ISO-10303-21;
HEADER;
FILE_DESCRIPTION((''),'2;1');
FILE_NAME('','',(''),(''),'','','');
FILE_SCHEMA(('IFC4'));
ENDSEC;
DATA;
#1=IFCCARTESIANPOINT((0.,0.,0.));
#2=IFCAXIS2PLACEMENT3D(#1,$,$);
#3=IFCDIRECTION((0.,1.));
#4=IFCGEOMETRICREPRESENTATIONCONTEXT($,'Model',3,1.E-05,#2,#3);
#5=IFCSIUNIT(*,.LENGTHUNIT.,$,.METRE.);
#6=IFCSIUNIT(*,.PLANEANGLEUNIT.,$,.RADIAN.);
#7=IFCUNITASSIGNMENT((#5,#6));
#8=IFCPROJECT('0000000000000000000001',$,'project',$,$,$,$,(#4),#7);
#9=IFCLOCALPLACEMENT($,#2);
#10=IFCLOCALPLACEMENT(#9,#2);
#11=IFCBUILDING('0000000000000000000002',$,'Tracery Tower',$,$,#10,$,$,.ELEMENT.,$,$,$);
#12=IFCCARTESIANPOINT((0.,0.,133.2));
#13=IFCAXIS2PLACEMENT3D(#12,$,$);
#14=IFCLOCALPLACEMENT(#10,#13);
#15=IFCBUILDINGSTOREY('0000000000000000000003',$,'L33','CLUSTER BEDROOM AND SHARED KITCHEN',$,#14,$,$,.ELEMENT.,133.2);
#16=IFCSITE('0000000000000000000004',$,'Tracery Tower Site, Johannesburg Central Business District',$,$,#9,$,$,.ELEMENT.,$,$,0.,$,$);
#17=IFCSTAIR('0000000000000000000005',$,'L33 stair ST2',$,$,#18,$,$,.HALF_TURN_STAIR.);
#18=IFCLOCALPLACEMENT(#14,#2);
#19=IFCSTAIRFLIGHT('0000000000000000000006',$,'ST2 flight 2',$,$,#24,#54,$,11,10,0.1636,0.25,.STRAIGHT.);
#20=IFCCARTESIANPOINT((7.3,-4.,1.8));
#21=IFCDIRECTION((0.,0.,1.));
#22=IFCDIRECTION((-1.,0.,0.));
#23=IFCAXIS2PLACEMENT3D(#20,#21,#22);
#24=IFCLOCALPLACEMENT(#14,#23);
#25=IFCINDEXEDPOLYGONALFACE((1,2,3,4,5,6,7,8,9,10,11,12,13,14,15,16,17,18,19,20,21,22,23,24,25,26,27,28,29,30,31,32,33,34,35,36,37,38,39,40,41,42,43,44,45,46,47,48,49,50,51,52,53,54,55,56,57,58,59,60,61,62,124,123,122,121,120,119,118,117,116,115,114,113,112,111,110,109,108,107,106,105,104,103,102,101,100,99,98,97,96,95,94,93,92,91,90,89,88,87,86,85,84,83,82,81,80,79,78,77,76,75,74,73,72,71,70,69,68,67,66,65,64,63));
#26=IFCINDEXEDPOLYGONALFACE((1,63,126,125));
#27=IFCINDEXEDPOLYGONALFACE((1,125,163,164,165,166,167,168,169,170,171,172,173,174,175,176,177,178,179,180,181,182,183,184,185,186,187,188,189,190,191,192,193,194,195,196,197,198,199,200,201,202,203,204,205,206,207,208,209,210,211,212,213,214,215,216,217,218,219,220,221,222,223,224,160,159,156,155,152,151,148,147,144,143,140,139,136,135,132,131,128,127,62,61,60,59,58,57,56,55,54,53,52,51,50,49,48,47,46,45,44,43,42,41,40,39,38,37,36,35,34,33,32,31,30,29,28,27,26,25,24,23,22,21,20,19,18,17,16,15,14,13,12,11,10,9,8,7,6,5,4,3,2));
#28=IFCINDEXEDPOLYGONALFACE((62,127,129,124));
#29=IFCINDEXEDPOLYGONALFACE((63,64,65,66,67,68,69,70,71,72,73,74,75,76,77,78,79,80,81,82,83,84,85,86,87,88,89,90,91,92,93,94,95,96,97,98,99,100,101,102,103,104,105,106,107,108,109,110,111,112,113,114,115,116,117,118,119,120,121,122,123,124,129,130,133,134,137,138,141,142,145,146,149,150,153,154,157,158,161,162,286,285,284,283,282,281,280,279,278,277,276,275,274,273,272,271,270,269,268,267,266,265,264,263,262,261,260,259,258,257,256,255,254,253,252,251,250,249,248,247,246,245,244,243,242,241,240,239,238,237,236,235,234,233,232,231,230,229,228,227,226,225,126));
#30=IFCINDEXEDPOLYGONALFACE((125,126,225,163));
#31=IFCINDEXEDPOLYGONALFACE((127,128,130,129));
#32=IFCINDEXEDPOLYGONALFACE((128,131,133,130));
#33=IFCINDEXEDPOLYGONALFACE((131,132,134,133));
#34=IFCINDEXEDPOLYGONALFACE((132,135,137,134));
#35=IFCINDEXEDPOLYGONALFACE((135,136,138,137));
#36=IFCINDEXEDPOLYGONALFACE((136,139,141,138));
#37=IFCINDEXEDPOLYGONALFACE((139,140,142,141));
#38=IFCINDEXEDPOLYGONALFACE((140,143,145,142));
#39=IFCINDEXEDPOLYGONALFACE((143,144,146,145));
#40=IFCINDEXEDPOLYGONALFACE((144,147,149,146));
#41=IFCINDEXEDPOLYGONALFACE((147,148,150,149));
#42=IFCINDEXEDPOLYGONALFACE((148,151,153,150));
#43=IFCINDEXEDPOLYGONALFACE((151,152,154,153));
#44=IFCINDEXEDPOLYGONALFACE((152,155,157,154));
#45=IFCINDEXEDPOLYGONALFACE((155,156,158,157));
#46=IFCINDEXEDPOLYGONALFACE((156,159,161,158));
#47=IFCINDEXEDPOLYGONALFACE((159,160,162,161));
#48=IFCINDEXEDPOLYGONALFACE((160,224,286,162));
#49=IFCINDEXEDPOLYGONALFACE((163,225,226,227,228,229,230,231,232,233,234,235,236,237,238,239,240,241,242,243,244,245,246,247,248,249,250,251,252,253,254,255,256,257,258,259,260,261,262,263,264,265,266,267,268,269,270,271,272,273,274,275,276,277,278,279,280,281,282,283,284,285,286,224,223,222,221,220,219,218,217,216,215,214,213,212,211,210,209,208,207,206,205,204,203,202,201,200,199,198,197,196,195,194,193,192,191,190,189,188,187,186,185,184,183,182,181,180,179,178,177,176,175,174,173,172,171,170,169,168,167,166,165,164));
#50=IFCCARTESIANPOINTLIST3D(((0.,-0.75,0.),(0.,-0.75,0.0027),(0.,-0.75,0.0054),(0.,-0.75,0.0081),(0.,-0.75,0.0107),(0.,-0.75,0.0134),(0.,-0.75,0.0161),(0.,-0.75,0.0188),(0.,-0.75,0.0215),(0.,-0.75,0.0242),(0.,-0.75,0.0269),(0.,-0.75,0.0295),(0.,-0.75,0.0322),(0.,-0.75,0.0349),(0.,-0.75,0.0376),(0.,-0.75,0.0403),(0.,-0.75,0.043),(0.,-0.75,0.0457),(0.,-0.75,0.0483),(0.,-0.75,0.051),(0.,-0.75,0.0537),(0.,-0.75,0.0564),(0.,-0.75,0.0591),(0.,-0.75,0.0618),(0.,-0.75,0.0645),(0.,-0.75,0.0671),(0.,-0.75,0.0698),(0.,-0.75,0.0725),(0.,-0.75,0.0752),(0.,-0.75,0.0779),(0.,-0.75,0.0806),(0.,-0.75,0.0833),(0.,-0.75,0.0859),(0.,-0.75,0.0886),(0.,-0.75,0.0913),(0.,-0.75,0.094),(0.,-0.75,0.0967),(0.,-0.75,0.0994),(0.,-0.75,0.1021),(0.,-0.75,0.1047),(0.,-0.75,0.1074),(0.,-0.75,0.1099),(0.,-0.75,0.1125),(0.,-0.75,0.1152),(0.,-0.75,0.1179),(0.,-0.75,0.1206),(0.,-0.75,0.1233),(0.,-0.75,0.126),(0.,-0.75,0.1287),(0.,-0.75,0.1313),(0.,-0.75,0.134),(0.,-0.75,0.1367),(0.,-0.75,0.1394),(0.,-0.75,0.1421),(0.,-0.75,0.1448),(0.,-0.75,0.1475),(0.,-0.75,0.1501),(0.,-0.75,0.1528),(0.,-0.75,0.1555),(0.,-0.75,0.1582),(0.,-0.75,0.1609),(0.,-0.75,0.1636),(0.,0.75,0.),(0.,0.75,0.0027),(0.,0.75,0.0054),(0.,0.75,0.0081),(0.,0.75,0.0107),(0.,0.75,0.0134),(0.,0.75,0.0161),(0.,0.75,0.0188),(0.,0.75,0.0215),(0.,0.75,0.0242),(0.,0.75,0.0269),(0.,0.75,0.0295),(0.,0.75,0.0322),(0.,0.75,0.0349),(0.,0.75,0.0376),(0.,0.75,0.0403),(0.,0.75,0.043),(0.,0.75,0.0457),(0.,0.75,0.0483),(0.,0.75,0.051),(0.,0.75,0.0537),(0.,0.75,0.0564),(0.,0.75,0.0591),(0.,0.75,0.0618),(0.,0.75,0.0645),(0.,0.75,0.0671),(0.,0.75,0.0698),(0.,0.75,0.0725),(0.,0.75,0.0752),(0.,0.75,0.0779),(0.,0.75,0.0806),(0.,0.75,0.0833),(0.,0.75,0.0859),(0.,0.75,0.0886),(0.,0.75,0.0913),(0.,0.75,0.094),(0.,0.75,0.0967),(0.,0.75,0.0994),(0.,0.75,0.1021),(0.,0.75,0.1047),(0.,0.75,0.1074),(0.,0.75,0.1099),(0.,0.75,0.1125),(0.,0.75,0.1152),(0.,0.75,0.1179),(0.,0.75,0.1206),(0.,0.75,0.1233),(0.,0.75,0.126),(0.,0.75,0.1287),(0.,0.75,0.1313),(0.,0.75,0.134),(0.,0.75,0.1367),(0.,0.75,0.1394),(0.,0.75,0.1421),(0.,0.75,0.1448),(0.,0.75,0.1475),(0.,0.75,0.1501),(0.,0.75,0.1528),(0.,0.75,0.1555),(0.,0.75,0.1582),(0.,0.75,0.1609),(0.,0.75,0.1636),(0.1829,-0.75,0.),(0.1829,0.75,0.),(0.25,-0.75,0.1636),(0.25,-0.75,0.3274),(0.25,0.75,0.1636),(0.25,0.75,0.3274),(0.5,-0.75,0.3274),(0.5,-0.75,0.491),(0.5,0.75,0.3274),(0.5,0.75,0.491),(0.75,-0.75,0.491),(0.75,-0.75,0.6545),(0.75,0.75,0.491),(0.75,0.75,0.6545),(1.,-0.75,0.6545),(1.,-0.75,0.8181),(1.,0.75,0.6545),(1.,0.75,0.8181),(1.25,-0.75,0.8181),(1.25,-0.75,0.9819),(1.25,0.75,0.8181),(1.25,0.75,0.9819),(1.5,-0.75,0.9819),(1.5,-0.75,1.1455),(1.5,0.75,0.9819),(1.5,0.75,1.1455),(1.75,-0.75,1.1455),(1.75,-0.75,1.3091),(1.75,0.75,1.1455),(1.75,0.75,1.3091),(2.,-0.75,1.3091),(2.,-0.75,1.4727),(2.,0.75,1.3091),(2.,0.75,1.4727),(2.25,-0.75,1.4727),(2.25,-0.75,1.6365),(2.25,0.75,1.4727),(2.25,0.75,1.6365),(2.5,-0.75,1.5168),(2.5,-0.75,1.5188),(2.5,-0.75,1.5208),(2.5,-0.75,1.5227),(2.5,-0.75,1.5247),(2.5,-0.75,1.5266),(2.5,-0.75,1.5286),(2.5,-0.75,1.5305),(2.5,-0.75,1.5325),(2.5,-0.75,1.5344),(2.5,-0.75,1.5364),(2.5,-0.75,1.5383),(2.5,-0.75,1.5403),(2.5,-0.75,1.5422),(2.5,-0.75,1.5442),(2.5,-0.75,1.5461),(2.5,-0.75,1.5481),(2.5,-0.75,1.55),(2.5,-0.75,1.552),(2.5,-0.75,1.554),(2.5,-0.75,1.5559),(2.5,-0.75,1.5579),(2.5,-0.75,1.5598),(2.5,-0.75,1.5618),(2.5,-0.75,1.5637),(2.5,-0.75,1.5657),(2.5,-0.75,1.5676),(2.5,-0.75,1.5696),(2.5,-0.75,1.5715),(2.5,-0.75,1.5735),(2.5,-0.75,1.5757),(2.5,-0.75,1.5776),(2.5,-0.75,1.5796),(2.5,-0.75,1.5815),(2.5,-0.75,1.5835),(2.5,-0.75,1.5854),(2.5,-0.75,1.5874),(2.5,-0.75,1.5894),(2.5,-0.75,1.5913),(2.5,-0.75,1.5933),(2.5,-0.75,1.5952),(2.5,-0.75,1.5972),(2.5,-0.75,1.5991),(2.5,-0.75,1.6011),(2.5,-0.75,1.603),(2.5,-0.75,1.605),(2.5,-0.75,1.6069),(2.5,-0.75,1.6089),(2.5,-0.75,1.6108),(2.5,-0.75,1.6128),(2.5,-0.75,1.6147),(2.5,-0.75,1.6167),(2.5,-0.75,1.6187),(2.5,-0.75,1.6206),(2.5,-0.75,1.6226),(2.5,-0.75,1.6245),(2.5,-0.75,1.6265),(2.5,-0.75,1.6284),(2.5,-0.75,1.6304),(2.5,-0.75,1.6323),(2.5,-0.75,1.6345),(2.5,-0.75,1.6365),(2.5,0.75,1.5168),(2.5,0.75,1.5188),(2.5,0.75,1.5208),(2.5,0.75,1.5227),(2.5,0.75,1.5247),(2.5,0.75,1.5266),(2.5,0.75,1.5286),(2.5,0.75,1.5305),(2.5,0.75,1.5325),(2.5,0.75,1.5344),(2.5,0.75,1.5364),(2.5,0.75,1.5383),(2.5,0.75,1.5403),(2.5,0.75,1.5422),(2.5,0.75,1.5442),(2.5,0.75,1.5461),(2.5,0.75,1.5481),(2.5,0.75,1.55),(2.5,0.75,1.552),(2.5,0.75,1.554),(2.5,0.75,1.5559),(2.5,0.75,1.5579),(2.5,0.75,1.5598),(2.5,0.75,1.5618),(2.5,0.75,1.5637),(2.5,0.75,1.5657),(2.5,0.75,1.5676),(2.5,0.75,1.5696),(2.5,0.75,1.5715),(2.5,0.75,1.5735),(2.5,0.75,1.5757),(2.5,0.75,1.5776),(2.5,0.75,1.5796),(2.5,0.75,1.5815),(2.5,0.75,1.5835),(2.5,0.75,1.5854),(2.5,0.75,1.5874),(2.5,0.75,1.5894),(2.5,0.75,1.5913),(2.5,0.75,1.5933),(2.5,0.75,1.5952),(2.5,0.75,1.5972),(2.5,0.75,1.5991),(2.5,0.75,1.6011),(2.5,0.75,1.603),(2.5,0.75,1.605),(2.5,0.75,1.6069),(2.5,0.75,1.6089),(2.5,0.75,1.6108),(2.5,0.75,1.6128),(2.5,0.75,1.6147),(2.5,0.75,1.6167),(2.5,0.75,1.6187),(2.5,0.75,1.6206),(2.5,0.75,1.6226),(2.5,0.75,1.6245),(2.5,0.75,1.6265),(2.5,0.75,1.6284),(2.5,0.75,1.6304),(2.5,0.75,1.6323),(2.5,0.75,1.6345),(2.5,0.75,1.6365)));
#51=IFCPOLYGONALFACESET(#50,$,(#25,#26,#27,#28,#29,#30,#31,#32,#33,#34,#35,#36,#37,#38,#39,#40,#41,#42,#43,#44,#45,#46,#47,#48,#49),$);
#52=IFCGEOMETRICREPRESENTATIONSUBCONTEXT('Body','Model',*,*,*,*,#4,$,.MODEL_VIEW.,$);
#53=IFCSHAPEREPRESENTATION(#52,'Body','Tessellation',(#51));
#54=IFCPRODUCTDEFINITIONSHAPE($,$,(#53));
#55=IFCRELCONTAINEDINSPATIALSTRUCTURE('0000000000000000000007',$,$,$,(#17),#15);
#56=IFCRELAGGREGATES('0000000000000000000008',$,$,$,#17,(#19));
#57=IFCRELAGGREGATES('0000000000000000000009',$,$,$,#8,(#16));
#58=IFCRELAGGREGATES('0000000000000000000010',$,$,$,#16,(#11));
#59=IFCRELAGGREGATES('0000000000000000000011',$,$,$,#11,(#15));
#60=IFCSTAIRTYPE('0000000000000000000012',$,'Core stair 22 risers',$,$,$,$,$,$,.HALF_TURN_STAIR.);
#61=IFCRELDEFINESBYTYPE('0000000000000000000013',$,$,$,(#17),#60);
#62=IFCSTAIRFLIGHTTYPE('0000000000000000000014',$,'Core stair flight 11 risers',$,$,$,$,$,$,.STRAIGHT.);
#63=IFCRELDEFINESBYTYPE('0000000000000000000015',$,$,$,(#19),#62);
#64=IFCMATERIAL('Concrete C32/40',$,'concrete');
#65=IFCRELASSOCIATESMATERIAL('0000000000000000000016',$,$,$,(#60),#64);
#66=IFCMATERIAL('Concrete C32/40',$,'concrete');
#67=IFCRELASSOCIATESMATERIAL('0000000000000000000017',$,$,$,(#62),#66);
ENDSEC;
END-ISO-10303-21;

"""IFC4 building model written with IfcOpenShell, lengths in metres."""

from ifc_helpers import new_model, si_unit, direction, frame, origin, place, context, subcontext, project, spatial, polyline, outline, extrude, material, type_object, element, aggregate, save


model = new_model("IFC4")

# Units and contexts
model_context = context("Model", 3, precision=1e-05, world=origin(), true_north=direction((0.0, 1.0)))
body_context = subcontext(model_context, "Body", "Model", "MODEL_VIEW")
ifc_project = project(units=[si_unit("LENGTHUNIT", "METRE"), si_unit("PLANEANGLEUNIT", "RADIAN")], contexts=[model_context])

# Site, building, storey
site_placement = place(None, origin())
site = spatial("IfcSite", under=ifc_project, at=site_placement, Name="Tracery Tower Site, Johannesburg Central Business District", CompositionType="ELEMENT", RefElevation=0.0)
building_placement = place(site_placement, origin())
building = spatial("IfcBuilding", under=site, at=building_placement, Name="Tracery Tower", CompositionType="ELEMENT")
storey_placement = place(building_placement, frame((0.0, 0.0, 133.2)))
storey = spatial("IfcBuildingStorey", under=building, at=storey_placement, Name="L33", Description="CLUSTER BEDROOM AND SHARED KITCHEN", CompositionType="ELEMENT", Elevation=133.2)

# Stair
ifc_material_1 = material(Name="Concrete C32/40", Category="concrete")
stair_type = type_object("IfcStairType", Name="Core stair 22 risers", PredefinedType="HALF_TURN_STAIR", material=ifc_material_1)
stair_1_placement = place(storey_placement, origin())
stair_1 = element("IfcStair", 1, at=stair_1_placement, inside=storey, type_object=stair_type, Name="L33 stair ST2", PredefinedType="HALF_TURN_STAIR")

# Stair flight
ifc_material_2 = material(Name="Concrete C32/40", Category="concrete")
stair_flight_type = type_object("IfcStairFlightType", Name="Core stair flight 11 risers", PredefinedType="STRAIGHT", material=ifc_material_2)
stair_flight_1_placement = place(storey_placement, frame((7.3, -4.0, 1.8), z_axis=(0.0, 0.0, 1.0), x_axis=(-1.0, 0.0, 0.0)))
stair_flight_1 = element("IfcStairFlight", 2, at=stair_flight_1_placement, type_object=stair_flight_type, Name="ST2 flight 2", NumberOfRisers=11, NumberOfTreads=10, PredefinedType="STRAIGHT", RiserHeight=0.1636, TreadLength=0.25, context=body_context, shape_type="SweptSolid", body=[
    extrude(outline(polyline([(0.0, 0.0), (0.0, 0.0027), (0.0, 0.0054), (0.0, 0.0081), (0.0, 0.0107), (0.0, 0.0134), (0.0, 0.0161), (0.0, 0.0188), (0.0, 0.0215), (0.0, 0.0242), (0.0, 0.0269), (0.0, 0.0295), (0.0, 0.0322), (0.0, 0.0349), (0.0, 0.0376), (0.0, 0.0403), (0.0, 0.043), (0.0, 0.0457), (0.0, 0.0483), (0.0, 0.051), (0.0, 0.0537), (0.0, 0.0564), (0.0, 0.0591), (0.0, 0.0618), (0.0, 0.0645), (0.0, 0.0671), (0.0, 0.0698), (0.0, 0.0725), (0.0, 0.0752), (0.0, 0.0779), (0.0, 0.0806), (0.0, 0.0833), (0.0, 0.0859), (0.0, 0.0886), (0.0, 0.0913), (0.0, 0.094), (0.0, 0.0967), (0.0, 0.0994), (0.0, 0.1021), (0.0, 0.1047), (0.0, 0.1074), (0.0, 0.1099), (0.0, 0.1125), (0.0, 0.1152), (0.0, 0.1179), (0.0, 0.1206), (0.0, 0.1233), (0.0, 0.126), (0.0, 0.1287), (0.0, 0.1313), (0.0, 0.134), (0.0, 0.1367), (0.0, 0.1394), (0.0, 0.1421), (0.0, 0.1448), (0.0, 0.1475), (0.0, 0.1501), (0.0, 0.1528), (0.0, 0.1555), (0.0, 0.1582), (0.0, 0.1609), (0.0, 0.1636), (0.25, 0.1636), (0.25, 0.3274), (0.5, 0.3274), (0.5, 0.491), (0.75, 0.491), (0.75, 0.6545), (1.0, 0.6545), (1.0, 0.8181), (1.25, 0.8181), (1.25, 0.9819), (1.5, 0.9819), (1.5, 1.1455), (1.75, 1.1455), (1.75, 1.3091), (2.0, 1.3091), (2.0, 1.4727), (2.25, 1.4727), (2.25, 1.6365), (2.5, 1.6365), (2.5, 1.6345), (2.5, 1.6323), (2.5, 1.6304), (2.5, 1.6284), (2.5, 1.6265), (2.5, 1.6245), (2.5, 1.6226), (2.5, 1.6206), (2.5, 1.6187), (2.5, 1.6167), (2.5, 1.6147), (2.5, 1.6128), (2.5, 1.6108), (2.5, 1.6089), (2.5, 1.6069), (2.5, 1.605), (2.5, 1.603), (2.5, 1.6011), (2.5, 1.5991), (2.5, 1.5972), (2.5, 1.5952), (2.5, 1.5933), (2.5, 1.5913), (2.5, 1.5894), (2.5, 1.5874), (2.5, 1.5854), (2.5, 1.5835), (2.5, 1.5815), (2.5, 1.5796), (2.5, 1.5776), (2.5, 1.5757), (2.5, 1.5735), (2.5, 1.5715), (2.5, 1.5696), (2.5, 1.5676), (2.5, 1.5657), (2.5, 1.5637), (2.5, 1.5618), (2.5, 1.5598), (2.5, 1.5579), (2.5, 1.5559), (2.5, 1.554), (2.5, 1.552), (2.5, 1.55), (2.5, 1.5481), (2.5, 1.5461), (2.5, 1.5442), (2.5, 1.5422), (2.5, 1.5403), (2.5, 1.5383), (2.5, 1.5364), (2.5, 1.5344), (2.5, 1.5325), (2.5, 1.5305), (2.5, 1.5286), (2.5, 1.5266), (2.5, 1.5247), (2.5, 1.5227), (2.5, 1.5208), (2.5, 1.5188), (2.5, 1.5168), (0.1829, 0.0), (0.0, 0.0)])), frame((0.0, 0.75, 0.0), z_axis=(0.0, -1.0, 0.0), x_axis=(1.0, 0.0, 0.0)), (0.0, 0.0, 1.0), 1.5),
])
aggregate(stair_1, [stair_flight_1])

save(model, "model.ifc")
